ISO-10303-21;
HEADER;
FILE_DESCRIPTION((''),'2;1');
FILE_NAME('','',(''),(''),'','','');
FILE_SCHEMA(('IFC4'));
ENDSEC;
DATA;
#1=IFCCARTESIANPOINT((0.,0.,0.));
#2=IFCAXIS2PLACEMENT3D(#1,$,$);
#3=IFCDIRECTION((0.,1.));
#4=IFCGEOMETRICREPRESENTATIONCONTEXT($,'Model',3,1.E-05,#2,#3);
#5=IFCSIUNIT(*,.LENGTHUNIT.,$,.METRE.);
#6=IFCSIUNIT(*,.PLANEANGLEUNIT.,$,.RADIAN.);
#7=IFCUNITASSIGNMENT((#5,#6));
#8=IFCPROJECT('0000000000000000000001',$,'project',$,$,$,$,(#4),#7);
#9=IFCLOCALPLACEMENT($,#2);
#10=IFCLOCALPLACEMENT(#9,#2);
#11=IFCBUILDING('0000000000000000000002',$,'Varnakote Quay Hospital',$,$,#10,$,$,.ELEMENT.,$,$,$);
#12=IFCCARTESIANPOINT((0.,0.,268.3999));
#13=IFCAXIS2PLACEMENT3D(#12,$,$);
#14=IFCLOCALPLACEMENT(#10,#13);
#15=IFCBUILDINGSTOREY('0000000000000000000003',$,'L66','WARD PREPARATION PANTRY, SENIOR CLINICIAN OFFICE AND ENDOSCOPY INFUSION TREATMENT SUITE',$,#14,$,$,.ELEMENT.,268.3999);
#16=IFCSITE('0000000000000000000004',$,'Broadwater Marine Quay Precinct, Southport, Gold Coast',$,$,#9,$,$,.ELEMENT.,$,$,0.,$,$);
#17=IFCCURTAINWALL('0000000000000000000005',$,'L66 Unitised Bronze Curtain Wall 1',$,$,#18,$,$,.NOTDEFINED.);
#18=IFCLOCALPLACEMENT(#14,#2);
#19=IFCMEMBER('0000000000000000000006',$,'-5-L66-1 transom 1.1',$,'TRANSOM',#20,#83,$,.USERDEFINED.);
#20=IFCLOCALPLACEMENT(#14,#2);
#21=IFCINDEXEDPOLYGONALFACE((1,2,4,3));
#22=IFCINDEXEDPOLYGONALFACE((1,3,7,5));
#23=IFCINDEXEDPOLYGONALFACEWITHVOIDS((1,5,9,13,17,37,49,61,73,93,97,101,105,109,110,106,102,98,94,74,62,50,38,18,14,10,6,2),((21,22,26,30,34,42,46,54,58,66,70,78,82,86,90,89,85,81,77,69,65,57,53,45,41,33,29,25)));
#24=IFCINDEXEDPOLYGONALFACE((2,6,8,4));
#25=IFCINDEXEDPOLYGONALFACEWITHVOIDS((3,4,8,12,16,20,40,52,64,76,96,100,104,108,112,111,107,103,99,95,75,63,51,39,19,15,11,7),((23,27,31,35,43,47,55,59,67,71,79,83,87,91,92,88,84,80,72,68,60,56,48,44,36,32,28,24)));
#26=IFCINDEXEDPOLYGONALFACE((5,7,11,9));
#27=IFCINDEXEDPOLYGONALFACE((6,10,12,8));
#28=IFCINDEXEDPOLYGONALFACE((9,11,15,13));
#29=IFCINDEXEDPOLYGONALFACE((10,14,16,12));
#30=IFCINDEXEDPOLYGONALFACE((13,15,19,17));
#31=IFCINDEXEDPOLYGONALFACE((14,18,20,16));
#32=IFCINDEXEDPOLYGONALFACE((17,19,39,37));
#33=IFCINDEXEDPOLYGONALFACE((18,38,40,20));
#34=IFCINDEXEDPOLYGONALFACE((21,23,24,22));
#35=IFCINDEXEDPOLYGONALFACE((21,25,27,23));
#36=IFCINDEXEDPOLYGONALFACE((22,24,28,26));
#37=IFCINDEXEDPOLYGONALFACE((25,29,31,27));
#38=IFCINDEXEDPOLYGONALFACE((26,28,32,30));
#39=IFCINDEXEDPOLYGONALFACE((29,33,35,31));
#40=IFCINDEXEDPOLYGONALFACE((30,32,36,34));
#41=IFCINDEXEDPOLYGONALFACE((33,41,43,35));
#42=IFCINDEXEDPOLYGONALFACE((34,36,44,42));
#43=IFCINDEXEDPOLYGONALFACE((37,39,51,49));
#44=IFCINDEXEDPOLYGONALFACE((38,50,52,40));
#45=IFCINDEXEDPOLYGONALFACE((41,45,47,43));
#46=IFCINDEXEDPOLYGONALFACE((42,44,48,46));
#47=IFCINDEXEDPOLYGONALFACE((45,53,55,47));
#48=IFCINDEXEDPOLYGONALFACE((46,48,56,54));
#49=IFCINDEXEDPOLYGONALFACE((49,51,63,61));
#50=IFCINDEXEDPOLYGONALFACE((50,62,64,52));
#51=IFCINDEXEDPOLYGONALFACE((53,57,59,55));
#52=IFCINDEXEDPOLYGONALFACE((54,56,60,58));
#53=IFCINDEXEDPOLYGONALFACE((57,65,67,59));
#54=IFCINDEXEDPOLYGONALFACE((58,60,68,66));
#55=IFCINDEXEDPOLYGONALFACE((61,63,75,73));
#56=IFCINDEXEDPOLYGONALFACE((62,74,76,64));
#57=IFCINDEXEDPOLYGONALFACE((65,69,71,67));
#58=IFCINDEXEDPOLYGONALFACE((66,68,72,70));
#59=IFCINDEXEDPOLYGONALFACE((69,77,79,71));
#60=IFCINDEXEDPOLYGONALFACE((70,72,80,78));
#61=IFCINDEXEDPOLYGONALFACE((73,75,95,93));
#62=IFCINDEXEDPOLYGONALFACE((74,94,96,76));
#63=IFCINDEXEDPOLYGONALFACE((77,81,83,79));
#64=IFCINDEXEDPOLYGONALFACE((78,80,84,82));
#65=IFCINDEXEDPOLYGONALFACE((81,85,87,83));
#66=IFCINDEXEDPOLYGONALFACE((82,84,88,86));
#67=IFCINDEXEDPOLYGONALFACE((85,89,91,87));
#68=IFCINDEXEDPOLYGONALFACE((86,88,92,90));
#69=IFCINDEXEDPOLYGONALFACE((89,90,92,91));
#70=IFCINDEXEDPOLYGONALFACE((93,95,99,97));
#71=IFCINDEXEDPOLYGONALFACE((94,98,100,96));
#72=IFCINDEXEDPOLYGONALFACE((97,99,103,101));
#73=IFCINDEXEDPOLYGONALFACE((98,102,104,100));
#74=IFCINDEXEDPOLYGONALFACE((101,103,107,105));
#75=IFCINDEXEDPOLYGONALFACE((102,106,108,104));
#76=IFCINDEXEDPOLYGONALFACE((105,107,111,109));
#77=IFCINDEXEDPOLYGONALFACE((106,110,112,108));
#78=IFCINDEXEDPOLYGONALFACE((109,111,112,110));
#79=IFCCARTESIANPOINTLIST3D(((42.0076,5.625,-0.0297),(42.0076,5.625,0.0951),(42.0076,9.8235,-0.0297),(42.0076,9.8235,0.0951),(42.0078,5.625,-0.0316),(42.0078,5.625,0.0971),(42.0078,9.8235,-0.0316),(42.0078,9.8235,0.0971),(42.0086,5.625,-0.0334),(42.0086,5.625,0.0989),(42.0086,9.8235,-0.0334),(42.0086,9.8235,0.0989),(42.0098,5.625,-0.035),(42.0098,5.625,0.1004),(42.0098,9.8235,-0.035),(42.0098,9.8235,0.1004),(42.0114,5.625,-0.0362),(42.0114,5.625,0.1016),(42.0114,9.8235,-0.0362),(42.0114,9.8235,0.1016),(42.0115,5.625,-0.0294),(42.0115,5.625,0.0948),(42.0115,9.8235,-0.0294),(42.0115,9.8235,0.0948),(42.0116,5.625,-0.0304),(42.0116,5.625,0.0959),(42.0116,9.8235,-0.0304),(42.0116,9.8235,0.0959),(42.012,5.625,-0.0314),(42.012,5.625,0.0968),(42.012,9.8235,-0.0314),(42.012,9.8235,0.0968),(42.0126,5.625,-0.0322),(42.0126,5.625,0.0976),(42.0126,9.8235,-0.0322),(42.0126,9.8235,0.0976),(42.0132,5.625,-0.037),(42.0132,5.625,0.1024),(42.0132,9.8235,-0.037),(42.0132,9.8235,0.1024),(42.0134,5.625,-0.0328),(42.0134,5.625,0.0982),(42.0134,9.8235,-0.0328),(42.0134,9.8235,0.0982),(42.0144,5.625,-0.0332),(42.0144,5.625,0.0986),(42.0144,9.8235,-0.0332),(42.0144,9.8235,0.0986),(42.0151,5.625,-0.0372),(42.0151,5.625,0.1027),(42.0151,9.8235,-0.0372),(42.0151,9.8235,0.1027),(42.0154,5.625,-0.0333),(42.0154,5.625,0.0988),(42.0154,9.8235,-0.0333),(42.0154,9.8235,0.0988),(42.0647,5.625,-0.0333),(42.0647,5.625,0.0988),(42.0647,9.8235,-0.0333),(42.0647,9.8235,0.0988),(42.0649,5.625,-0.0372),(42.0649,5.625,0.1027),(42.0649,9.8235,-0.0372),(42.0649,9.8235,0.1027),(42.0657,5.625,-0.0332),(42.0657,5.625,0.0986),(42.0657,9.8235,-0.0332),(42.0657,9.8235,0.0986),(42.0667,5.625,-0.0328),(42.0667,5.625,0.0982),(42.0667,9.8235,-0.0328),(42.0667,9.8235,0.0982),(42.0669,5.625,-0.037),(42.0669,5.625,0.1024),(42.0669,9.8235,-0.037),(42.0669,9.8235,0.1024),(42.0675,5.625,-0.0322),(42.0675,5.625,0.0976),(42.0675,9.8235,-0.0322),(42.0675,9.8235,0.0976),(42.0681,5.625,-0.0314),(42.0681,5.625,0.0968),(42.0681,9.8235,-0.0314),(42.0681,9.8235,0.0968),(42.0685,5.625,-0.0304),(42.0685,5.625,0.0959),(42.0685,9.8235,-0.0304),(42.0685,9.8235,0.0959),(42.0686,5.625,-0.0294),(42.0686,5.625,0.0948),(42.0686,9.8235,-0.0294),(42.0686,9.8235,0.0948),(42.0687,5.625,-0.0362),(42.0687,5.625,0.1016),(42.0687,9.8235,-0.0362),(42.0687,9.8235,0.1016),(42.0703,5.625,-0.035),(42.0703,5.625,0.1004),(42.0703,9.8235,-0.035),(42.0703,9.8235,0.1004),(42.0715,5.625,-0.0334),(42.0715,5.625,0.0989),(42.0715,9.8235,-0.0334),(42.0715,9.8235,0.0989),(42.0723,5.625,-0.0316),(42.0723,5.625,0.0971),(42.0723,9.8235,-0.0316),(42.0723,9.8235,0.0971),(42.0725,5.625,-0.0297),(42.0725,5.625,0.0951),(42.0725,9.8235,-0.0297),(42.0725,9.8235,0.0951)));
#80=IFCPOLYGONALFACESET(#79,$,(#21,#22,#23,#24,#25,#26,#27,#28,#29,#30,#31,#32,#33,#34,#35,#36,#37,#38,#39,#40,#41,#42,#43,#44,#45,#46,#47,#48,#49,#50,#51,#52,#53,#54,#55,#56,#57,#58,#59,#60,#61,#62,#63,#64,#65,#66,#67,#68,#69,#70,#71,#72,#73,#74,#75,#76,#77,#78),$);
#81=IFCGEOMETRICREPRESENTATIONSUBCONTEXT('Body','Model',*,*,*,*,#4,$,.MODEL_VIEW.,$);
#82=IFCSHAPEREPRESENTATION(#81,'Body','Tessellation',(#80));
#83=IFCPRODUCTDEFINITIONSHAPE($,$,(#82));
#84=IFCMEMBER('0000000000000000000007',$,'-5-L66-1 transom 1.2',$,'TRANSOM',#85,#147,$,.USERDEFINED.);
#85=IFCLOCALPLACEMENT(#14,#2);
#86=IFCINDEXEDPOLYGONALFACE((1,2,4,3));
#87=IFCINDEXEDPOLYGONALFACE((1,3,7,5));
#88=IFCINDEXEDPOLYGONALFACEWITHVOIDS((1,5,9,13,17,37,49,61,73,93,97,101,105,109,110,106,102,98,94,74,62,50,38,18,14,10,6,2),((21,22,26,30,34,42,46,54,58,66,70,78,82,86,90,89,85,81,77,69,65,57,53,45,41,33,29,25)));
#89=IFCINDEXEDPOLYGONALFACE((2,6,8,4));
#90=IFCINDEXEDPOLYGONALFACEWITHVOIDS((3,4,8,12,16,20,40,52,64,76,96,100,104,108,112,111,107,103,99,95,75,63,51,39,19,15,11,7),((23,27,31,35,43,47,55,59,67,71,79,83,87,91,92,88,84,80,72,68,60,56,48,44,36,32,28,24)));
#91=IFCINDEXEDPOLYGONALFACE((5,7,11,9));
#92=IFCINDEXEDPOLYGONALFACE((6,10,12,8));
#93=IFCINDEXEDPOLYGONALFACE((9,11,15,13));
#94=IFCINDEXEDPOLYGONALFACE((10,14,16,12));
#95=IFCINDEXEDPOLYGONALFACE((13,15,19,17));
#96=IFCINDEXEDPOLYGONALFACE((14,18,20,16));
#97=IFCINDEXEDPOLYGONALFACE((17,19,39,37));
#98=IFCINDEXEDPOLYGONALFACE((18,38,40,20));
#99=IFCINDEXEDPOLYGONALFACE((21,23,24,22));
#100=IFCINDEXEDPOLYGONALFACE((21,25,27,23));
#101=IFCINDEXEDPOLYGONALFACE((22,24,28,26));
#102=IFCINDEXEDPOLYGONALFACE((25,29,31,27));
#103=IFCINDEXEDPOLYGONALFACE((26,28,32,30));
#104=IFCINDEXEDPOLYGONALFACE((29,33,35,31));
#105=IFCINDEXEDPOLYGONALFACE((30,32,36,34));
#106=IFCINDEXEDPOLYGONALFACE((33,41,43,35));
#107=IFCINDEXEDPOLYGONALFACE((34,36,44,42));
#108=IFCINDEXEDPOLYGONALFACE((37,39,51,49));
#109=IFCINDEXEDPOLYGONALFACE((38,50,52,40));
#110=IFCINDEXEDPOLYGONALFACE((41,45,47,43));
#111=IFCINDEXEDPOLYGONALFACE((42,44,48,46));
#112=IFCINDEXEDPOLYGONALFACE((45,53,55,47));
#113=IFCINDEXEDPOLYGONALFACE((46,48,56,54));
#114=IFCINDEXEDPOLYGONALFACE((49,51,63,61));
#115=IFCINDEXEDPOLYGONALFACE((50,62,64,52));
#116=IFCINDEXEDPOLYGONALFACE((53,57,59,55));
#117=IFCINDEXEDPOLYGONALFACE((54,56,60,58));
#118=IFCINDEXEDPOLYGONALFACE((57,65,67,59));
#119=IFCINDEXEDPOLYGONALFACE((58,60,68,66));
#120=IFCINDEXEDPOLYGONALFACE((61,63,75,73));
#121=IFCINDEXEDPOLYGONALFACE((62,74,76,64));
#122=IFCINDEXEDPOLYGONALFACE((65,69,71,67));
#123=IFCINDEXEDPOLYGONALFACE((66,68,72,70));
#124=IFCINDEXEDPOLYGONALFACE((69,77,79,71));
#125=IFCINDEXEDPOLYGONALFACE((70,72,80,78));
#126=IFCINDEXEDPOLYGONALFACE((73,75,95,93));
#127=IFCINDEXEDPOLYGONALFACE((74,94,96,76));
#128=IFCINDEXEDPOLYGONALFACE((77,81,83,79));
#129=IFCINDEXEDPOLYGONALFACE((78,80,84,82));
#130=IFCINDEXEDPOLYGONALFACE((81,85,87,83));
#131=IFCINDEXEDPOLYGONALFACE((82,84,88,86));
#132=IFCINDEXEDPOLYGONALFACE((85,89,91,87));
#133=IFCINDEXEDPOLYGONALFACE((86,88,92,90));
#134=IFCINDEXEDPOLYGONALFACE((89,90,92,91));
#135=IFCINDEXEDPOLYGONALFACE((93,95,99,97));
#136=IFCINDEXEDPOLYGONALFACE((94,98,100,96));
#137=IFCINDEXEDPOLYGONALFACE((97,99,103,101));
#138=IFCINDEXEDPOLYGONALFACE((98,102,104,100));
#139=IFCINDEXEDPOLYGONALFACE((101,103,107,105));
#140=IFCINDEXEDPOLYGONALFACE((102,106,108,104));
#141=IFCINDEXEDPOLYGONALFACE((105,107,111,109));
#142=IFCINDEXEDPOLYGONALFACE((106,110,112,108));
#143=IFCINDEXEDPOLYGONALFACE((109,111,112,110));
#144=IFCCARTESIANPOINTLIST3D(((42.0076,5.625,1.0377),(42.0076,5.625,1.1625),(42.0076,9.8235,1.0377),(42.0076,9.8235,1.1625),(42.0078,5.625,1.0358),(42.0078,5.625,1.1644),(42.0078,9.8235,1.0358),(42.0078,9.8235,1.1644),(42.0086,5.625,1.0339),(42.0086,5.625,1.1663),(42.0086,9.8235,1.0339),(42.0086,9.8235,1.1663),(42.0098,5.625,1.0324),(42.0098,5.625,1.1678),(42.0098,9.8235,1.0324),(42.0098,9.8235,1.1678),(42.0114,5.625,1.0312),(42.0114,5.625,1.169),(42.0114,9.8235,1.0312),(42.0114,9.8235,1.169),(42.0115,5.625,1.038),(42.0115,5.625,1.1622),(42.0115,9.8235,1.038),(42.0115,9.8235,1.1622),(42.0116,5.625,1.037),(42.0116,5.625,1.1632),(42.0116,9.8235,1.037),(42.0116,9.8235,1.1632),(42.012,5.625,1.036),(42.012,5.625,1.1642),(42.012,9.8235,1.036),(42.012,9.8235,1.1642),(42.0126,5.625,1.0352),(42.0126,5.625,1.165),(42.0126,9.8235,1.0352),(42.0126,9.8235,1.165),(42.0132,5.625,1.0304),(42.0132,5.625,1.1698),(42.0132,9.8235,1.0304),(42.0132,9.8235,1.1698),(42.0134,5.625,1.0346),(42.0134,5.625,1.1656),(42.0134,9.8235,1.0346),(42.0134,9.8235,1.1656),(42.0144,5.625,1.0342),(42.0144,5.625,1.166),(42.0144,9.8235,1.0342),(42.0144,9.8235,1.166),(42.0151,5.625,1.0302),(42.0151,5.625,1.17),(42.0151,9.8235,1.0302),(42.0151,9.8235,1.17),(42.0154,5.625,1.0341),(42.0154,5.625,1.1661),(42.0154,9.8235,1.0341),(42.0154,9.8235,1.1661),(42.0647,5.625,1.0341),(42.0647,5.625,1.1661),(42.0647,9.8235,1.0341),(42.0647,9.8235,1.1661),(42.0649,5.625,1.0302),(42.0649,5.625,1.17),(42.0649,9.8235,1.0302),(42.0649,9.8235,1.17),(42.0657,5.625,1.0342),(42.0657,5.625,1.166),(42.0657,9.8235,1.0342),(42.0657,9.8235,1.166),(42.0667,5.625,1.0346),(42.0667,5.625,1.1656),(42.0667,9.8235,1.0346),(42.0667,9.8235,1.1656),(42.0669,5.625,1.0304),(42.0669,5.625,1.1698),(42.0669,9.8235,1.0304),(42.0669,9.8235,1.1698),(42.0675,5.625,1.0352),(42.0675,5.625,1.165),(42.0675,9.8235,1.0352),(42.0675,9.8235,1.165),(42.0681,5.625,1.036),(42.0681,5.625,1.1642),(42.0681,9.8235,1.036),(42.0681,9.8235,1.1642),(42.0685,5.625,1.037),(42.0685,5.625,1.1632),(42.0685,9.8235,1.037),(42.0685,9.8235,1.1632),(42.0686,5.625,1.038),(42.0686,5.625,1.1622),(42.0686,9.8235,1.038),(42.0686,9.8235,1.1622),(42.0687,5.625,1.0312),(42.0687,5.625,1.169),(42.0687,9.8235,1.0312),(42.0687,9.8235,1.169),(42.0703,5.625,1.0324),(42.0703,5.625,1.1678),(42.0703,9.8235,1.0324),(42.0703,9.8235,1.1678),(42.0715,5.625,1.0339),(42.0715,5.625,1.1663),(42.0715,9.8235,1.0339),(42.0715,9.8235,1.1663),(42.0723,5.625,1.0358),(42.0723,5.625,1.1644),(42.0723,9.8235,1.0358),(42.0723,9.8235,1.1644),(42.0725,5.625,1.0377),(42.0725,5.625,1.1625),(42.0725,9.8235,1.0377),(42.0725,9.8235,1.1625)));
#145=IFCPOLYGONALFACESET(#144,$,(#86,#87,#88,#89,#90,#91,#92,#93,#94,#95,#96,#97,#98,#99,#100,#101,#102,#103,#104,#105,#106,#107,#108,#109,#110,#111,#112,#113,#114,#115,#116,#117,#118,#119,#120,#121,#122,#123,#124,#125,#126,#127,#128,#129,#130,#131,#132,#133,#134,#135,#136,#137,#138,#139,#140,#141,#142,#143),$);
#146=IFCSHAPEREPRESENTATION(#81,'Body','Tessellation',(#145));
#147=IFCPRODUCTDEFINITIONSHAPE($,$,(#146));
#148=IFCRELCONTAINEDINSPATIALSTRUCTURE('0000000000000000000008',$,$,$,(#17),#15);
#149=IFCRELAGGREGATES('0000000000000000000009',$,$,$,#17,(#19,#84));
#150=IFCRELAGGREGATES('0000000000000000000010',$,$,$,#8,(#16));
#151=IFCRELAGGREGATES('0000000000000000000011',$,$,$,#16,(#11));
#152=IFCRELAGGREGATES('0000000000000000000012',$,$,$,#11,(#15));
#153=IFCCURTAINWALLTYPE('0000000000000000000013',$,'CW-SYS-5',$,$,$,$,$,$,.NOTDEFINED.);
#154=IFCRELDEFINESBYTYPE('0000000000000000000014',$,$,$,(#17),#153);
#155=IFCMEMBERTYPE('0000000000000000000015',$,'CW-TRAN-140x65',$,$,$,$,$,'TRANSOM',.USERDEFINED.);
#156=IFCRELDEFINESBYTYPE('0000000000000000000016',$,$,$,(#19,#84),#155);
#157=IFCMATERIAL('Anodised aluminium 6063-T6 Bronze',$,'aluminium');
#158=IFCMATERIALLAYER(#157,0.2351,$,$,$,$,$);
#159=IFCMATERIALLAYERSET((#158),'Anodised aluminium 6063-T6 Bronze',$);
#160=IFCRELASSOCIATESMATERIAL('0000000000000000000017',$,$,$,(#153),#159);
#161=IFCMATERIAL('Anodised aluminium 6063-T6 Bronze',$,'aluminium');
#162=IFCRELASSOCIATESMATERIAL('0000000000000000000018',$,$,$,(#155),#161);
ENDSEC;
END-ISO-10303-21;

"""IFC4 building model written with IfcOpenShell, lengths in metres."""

from ifc_helpers import new_model, si_unit, direction, frame, origin, origin_2d, place, context, subcontext, project, spatial, hollow_rectangle, extrude, material, layer, layer_set, material_profile, profile_set, type_object, element, aggregate, save


model = new_model("IFC4")

# Units and contexts
model_context = context("Model", 3, precision=1e-05, world=origin(), true_north=direction((0.0, 1.0)))
body_context = subcontext(model_context, "Body", "Model", "MODEL_VIEW")
ifc_project = project(units=[si_unit("LENGTHUNIT", "METRE"), si_unit("PLANEANGLEUNIT", "RADIAN")], contexts=[model_context])

# Site, building, storey
site_placement = place(None, origin())
site = spatial("IfcSite", under=ifc_project, at=site_placement, Name="Broadwater Marine Quay Precinct, Southport, Gold Coast", CompositionType="ELEMENT", RefElevation=0.0)
building_placement = place(site_placement, origin())
building = spatial("IfcBuilding", under=site, at=building_placement, Name="Varnakote Quay Hospital", CompositionType="ELEMENT")
storey_placement = place(building_placement, frame((0.0, 0.0, 268.3999)))
storey = spatial("IfcBuildingStorey", under=building, at=storey_placement, Name="L66", Description="WARD PREPARATION PANTRY, SENIOR CLINICIAN OFFICE AND ENDOSCOPY INFUSION TREATMENT SUITE", CompositionType="ELEMENT", Elevation=268.3999)

# Curtain wall, members
ifc_material_1 = material(Name="Anodised aluminium 6063-T6 Bronze", Category="aluminium")
ifc_layer_1 = layer(ifc_material_1, 0.2351)
ifc_layer_set_1 = layer_set([ifc_layer_1], Name="Anodised aluminium 6063-T6 Bronze")
curtain_wall_type = type_object("IfcCurtainWallType", Name="CW-SYS-5", PredefinedType="NOTDEFINED", material=ifc_layer_set_1)
curtain_wall_placement = place(storey_placement, origin())
curtain_wall = element("IfcCurtainWall", 1, at=curtain_wall_placement, inside=storey, type_object=curtain_wall_type, Name="L66 Unitised Bronze Curtain Wall 1", PredefinedType="NOTDEFINED")
ifc_material_2 = material(Name="Anodised aluminium 6063-T6 Bronze", Category="aluminium")
ifc_material_profile_1 = material_profile(ifc_material_2, hollow_rectangle(XDim=0.0649, YDim=0.1399, WallThickness=0.0039, InnerFilletRadius=0.0039, OuterFilletRadius=0.0076, at=origin_2d()), Name="CW-TRAN-140x65")
ifc_profile_set_1 = profile_set([ifc_material_profile_1], Name="Anodised aluminium 6063-T6 Bronze")
member_type_1 = type_object("IfcMemberType", Name="CW-TRAN-140x65", ElementType="TRANSOM", PredefinedType="USERDEFINED", material=ifc_profile_set_1)
member_1_placement = place(storey_placement, frame((42.04, 5.625, 0.0327), z_axis=(0.0, 1.0, 0.0), x_axis=(-1.0, 0.0, 0.0)))
member_1 = element("IfcMember", 2, at=member_1_placement, type_object=member_type_1, Name="-5-L66-1 transom 1.1", ObjectType="TRANSOM", PredefinedType="USERDEFINED", context=body_context, shape_type="SweptSolid", body=[
    extrude(hollow_rectangle(XDim=0.0649, YDim=0.1399, WallThickness=0.0039, InnerFilletRadius=0.0039, OuterFilletRadius=0.0076, at=origin_2d()), origin(), (0.0, 0.0, 1.0), 4.1985),
])
member_2_placement = place(storey_placement, frame((42.04, 5.625, 1.1001), z_axis=(0.0, 1.0, 0.0), x_axis=(-1.0, 0.0, 0.0)))
member_2 = element("IfcMember", 3, at=member_2_placement, type_object=member_type_1, Name="-5-L66-1 transom 1.2", ObjectType="TRANSOM", PredefinedType="USERDEFINED", context=body_context, shape_type="SweptSolid", body=[
    extrude(hollow_rectangle(XDim=0.0649, YDim=0.1399, WallThickness=0.0039, InnerFilletRadius=0.0039, OuterFilletRadius=0.0076, at=origin_2d()), origin(), (0.0, 0.0, 1.0), 4.1985),
])
aggregate(curtain_wall, [member_1, member_2])

save(model, "model.ifc")
